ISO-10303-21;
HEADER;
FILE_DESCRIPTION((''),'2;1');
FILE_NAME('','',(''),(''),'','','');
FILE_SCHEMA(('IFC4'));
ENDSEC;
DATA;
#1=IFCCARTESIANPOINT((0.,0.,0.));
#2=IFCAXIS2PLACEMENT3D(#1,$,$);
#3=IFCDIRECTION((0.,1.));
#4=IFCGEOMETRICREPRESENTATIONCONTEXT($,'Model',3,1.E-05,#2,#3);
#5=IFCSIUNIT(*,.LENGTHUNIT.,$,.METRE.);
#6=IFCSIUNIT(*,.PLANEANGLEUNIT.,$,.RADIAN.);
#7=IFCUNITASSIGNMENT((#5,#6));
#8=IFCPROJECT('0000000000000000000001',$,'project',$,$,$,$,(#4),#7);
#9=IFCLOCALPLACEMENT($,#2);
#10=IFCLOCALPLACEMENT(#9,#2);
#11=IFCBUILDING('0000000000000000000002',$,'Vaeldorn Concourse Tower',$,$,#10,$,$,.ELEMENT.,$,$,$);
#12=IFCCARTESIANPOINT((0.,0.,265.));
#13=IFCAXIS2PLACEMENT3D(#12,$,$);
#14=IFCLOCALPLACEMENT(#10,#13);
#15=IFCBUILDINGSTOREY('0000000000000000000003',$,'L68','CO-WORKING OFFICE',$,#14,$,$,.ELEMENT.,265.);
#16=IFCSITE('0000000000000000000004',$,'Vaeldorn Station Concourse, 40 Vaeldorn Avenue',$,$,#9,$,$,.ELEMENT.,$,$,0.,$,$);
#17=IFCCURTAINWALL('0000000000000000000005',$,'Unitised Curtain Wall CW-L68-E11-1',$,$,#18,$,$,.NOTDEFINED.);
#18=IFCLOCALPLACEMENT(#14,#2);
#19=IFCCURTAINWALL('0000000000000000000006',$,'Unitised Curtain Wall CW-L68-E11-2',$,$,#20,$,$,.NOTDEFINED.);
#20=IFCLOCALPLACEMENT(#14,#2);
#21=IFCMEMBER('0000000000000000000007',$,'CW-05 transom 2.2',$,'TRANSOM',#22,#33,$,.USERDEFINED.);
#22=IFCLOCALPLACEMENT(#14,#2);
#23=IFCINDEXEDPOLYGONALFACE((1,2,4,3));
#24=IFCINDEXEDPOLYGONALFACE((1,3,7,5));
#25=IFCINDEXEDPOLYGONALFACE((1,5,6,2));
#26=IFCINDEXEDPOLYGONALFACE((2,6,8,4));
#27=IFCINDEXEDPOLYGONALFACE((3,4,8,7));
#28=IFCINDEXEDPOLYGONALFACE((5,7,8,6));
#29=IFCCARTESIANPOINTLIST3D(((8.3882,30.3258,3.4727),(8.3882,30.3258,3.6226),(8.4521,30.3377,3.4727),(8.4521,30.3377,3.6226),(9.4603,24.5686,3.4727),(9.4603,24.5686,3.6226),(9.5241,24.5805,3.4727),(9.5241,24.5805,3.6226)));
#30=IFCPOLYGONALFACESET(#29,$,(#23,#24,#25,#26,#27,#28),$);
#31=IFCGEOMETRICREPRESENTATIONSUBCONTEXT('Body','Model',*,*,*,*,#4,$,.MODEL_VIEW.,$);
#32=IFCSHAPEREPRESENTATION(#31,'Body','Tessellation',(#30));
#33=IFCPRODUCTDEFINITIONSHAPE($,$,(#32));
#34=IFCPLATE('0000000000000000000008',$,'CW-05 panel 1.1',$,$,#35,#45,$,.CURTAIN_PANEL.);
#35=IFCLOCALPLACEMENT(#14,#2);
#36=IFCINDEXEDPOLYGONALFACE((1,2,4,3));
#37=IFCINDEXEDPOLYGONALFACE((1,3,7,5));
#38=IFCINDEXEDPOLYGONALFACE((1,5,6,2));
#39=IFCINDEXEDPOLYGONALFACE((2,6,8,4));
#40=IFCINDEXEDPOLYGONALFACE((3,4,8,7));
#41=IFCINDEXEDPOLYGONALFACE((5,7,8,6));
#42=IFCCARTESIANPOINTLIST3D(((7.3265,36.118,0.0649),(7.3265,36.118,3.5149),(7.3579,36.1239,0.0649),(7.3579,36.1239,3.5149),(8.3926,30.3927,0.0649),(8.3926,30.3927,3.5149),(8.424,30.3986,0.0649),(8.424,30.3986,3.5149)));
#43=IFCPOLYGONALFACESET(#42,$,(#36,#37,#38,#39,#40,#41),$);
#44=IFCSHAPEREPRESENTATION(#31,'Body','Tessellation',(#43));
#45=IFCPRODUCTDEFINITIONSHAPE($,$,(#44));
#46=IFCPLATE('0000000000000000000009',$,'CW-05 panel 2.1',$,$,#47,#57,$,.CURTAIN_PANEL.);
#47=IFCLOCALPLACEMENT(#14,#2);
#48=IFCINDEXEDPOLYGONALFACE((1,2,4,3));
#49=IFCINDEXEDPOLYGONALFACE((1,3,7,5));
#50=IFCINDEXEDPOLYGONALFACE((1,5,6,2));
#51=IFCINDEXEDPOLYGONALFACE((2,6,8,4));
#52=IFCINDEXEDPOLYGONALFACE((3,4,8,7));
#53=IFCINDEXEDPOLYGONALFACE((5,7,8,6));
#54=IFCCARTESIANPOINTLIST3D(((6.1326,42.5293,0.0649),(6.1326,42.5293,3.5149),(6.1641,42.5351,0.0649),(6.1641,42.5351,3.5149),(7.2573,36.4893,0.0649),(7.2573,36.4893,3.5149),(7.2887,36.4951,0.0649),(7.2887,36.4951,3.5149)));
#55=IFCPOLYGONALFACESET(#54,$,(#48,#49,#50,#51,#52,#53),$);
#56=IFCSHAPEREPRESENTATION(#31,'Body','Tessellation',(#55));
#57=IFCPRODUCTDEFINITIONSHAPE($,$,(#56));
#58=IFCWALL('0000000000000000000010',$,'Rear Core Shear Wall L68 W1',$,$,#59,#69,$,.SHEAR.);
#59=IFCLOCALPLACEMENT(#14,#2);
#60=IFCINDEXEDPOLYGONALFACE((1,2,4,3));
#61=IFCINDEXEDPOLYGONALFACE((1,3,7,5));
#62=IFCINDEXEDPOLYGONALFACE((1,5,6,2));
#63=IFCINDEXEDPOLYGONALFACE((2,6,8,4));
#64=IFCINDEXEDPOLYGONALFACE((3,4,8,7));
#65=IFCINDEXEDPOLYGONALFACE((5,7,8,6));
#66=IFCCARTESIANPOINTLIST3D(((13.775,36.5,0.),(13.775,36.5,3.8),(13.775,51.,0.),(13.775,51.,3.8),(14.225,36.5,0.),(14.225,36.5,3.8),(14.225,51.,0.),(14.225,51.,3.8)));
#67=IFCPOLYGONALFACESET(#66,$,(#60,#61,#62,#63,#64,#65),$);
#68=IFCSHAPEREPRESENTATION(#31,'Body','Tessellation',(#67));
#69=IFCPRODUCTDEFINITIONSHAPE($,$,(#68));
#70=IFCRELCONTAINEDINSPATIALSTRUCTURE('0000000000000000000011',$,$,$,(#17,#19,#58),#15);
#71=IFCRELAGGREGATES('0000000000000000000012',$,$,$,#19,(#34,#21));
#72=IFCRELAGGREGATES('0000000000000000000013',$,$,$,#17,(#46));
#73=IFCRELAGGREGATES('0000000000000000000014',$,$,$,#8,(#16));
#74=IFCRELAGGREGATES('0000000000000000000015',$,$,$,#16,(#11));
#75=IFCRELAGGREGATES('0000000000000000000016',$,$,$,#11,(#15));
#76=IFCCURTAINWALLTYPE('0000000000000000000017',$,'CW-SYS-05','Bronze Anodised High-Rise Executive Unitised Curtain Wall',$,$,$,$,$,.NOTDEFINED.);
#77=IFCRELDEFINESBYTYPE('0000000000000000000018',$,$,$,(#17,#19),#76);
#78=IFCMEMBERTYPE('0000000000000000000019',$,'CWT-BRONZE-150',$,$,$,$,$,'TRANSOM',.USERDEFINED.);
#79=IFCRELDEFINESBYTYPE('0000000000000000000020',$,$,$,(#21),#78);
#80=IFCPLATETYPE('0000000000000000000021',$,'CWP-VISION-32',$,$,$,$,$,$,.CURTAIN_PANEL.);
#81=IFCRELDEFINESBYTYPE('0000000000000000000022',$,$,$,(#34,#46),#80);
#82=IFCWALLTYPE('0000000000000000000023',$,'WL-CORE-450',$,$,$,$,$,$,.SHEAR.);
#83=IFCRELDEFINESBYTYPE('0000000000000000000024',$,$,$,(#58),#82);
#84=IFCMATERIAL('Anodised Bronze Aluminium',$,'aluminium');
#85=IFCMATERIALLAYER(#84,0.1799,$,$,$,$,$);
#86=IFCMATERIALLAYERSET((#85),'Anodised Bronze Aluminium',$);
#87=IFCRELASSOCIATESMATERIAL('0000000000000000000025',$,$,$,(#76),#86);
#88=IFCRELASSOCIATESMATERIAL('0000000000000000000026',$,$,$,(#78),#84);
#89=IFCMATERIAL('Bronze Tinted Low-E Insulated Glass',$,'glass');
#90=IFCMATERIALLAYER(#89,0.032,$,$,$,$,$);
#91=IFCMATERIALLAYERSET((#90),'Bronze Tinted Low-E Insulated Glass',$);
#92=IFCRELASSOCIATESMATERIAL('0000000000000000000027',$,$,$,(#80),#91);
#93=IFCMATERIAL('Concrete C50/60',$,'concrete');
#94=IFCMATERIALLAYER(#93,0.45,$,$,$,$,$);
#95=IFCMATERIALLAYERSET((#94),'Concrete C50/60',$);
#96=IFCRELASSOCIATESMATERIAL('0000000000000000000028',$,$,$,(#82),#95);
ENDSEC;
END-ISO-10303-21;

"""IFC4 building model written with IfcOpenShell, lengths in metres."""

from ifc_helpers import new_model, si_unit, direction, frame, frame_2d, origin, origin_2d, place, context, subcontext, project, spatial, rectangle, extrude, source, transform, mapped, material, layer, layer_set, material_profile, profile_set, type_object, element, aggregate, save


model = new_model("IFC4")

# Units and contexts
model_context = context("Model", 3, precision=1e-05, world=origin(), true_north=direction((0.0, 1.0)))
body_context = subcontext(model_context, "Body", "Model", "MODEL_VIEW")
ifc_project = project(units=[si_unit("LENGTHUNIT", "METRE"), si_unit("PLANEANGLEUNIT", "RADIAN")], contexts=[model_context])

# Site, building, storey
site_placement = place(None, origin())
site = spatial("IfcSite", under=ifc_project, at=site_placement, Name="Vaeldorn Station Concourse, 40 Vaeldorn Avenue", CompositionType="ELEMENT", RefElevation=0.0)
building_placement = place(site_placement, origin())
building = spatial("IfcBuilding", under=site, at=building_placement, Name="Vaeldorn Concourse Tower", CompositionType="ELEMENT")
storey_placement = place(building_placement, frame((0.0, 0.0, 265.0)))
storey = spatial("IfcBuildingStorey", under=building, at=storey_placement, Name="L68", Description="CO-WORKING OFFICE", CompositionType="ELEMENT", Elevation=265.0)

# Shared definitions
ifc_material_1 = material(Name="Concrete C50/60", Category="concrete")

# Curtain wall
ifc_material_2 = material(Name="Anodised Bronze Aluminium", Category="aluminium")
ifc_layer_1 = layer(ifc_material_2, 0.1799)
ifc_layer_set_1 = layer_set([ifc_layer_1], Name="Anodised Bronze Aluminium")
curtain_wall_type = type_object("IfcCurtainWallType", Name="CW-SYS-05", Description="Bronze Anodised High-Rise Executive Unitised Curtain Wall", PredefinedType="NOTDEFINED", material=ifc_layer_set_1)
curtain_wall_1_placement = place(storey_placement, origin())
curtain_wall_1 = element("IfcCurtainWall", 1, at=curtain_wall_1_placement, inside=storey, type_object=curtain_wall_type, Name="Unitised Curtain Wall CW-L68-E11-1", PredefinedType="NOTDEFINED")

# Curtain wall, member, plate
curtain_wall_2_placement = place(storey_placement, origin())
curtain_wall_2 = element("IfcCurtainWall", 2, at=curtain_wall_2_placement, inside=storey, type_object=curtain_wall_type, Name="Unitised Curtain Wall CW-L68-E11-2", PredefinedType="NOTDEFINED")
ifc_material_profile_1 = material_profile(ifc_material_2, rectangle(XDim=0.0649, YDim=0.1499, at=origin_2d()), Name="CWT 65x150")
ifc_profile_set_1 = profile_set([ifc_material_profile_1], Name="Anodised Bronze Aluminium")
member_type_1 = type_object("IfcMemberType", Name="CWT-BRONZE-150", ElementType="TRANSOM", PredefinedType="USERDEFINED", material=ifc_profile_set_1)
shared_shape_1 = source(origin(), body_context, "Body", "SweptSolid", [
    extrude(rectangle(XDim=0.0649, YDim=0.1499, at=origin_2d()), origin(), (0.0, 0.0, 1.0), 5.8562),
])
member_1_placement = place(storey_placement, frame((8.4202, 30.3318, 3.5476), z_axis=(0.183055, -0.983103, 0.0), x_axis=(0.983103, 0.183055, 0.0)))
member_1 = element("IfcMember", 3, at=member_1_placement, type_object=member_type_1, Name="CW-05 transom 2.2", ObjectType="TRANSOM", PredefinedType="USERDEFINED", context=body_context, shape_type="MappedRepresentation", body=[
    mapped(shared_shape_1, transform((0.0, 0.0, 0.0), scale=1.0)),
])
ifc_material_3 = material(Name="Bronze Tinted Low-E Insulated Glass", Category="glass")
ifc_layer_2 = layer(ifc_material_3, 0.032)
ifc_layer_set_2 = layer_set([ifc_layer_2], Name="Bronze Tinted Low-E Insulated Glass")
plate_type = type_object("IfcPlateType", Name="CWP-VISION-32", PredefinedType="CURTAIN_PANEL", material=ifc_layer_set_2)
shared_shape_2 = source(origin(), body_context, "Body", "SweptSolid", [
    extrude(rectangle(XDim=5.8237, YDim=0.032, at=origin_2d()), origin(), (0.0, 0.0, 1.0), 3.45),
])
plate_1_placement = place(storey_placement, frame((7.8752, 33.2583, 0.0649), z_axis=(0.0, 0.0, 1.0), x_axis=(0.183055, -0.983103, 0.0)))
plate_1 = element("IfcPlate", 4, at=plate_1_placement, type_object=plate_type, Name="CW-05 panel 1.1", PredefinedType="CURTAIN_PANEL", context=body_context, shape_type="MappedRepresentation", body=[
    mapped(shared_shape_2, transform((0.0, 0.0, 0.0), scale=1.0)),
])
aggregate(curtain_wall_2, [plate_1, member_1])

# Plate
shared_shape_3 = source(origin(), body_context, "Body", "SweptSolid", [
    extrude(rectangle(XDim=6.1438, YDim=0.032, at=origin_2d()), origin(), (0.0, 0.0, 1.0), 3.45),
])
plate_2_placement = place(storey_placement, frame((6.7107, 39.5122, 0.0649), z_axis=(0.0, 0.0, 1.0), x_axis=(0.183054, -0.983103, 0.0)))
plate_2 = element("IfcPlate", 5, at=plate_2_placement, type_object=plate_type, Name="CW-05 panel 2.1", PredefinedType="CURTAIN_PANEL", context=body_context, shape_type="MappedRepresentation", body=[
    mapped(shared_shape_3, transform((0.0, 0.0, 0.0), scale=1.0)),
])
aggregate(curtain_wall_1, [plate_2])

# Wall
ifc_layer_3 = layer(ifc_material_1, 0.45)
ifc_layer_set_3 = layer_set([ifc_layer_3], Name="Concrete C50/60")
wall_type_1 = type_object("IfcWallType", Name="WL-CORE-450", PredefinedType="SHEAR", material=ifc_layer_set_3)
wall_1_placement = place(storey_placement, frame((14.0, 36.5, 0.0), z_axis=(0.0, 0.0, 1.0), x_axis=(0.0, 1.0, 0.0)))
element("IfcWall", 6, at=wall_1_placement, inside=storey, type_object=wall_type_1, Name="Rear Core Shear Wall L68 W1", PredefinedType="SHEAR", context=body_context, shape_type="SweptSolid", body=[
    extrude(rectangle(XDim=14.5, YDim=0.45, at=frame_2d((7.25, 0.0))), origin(), (0.0, 0.0, 1.0), 3.8),
])

save(model, "model.ifc")
